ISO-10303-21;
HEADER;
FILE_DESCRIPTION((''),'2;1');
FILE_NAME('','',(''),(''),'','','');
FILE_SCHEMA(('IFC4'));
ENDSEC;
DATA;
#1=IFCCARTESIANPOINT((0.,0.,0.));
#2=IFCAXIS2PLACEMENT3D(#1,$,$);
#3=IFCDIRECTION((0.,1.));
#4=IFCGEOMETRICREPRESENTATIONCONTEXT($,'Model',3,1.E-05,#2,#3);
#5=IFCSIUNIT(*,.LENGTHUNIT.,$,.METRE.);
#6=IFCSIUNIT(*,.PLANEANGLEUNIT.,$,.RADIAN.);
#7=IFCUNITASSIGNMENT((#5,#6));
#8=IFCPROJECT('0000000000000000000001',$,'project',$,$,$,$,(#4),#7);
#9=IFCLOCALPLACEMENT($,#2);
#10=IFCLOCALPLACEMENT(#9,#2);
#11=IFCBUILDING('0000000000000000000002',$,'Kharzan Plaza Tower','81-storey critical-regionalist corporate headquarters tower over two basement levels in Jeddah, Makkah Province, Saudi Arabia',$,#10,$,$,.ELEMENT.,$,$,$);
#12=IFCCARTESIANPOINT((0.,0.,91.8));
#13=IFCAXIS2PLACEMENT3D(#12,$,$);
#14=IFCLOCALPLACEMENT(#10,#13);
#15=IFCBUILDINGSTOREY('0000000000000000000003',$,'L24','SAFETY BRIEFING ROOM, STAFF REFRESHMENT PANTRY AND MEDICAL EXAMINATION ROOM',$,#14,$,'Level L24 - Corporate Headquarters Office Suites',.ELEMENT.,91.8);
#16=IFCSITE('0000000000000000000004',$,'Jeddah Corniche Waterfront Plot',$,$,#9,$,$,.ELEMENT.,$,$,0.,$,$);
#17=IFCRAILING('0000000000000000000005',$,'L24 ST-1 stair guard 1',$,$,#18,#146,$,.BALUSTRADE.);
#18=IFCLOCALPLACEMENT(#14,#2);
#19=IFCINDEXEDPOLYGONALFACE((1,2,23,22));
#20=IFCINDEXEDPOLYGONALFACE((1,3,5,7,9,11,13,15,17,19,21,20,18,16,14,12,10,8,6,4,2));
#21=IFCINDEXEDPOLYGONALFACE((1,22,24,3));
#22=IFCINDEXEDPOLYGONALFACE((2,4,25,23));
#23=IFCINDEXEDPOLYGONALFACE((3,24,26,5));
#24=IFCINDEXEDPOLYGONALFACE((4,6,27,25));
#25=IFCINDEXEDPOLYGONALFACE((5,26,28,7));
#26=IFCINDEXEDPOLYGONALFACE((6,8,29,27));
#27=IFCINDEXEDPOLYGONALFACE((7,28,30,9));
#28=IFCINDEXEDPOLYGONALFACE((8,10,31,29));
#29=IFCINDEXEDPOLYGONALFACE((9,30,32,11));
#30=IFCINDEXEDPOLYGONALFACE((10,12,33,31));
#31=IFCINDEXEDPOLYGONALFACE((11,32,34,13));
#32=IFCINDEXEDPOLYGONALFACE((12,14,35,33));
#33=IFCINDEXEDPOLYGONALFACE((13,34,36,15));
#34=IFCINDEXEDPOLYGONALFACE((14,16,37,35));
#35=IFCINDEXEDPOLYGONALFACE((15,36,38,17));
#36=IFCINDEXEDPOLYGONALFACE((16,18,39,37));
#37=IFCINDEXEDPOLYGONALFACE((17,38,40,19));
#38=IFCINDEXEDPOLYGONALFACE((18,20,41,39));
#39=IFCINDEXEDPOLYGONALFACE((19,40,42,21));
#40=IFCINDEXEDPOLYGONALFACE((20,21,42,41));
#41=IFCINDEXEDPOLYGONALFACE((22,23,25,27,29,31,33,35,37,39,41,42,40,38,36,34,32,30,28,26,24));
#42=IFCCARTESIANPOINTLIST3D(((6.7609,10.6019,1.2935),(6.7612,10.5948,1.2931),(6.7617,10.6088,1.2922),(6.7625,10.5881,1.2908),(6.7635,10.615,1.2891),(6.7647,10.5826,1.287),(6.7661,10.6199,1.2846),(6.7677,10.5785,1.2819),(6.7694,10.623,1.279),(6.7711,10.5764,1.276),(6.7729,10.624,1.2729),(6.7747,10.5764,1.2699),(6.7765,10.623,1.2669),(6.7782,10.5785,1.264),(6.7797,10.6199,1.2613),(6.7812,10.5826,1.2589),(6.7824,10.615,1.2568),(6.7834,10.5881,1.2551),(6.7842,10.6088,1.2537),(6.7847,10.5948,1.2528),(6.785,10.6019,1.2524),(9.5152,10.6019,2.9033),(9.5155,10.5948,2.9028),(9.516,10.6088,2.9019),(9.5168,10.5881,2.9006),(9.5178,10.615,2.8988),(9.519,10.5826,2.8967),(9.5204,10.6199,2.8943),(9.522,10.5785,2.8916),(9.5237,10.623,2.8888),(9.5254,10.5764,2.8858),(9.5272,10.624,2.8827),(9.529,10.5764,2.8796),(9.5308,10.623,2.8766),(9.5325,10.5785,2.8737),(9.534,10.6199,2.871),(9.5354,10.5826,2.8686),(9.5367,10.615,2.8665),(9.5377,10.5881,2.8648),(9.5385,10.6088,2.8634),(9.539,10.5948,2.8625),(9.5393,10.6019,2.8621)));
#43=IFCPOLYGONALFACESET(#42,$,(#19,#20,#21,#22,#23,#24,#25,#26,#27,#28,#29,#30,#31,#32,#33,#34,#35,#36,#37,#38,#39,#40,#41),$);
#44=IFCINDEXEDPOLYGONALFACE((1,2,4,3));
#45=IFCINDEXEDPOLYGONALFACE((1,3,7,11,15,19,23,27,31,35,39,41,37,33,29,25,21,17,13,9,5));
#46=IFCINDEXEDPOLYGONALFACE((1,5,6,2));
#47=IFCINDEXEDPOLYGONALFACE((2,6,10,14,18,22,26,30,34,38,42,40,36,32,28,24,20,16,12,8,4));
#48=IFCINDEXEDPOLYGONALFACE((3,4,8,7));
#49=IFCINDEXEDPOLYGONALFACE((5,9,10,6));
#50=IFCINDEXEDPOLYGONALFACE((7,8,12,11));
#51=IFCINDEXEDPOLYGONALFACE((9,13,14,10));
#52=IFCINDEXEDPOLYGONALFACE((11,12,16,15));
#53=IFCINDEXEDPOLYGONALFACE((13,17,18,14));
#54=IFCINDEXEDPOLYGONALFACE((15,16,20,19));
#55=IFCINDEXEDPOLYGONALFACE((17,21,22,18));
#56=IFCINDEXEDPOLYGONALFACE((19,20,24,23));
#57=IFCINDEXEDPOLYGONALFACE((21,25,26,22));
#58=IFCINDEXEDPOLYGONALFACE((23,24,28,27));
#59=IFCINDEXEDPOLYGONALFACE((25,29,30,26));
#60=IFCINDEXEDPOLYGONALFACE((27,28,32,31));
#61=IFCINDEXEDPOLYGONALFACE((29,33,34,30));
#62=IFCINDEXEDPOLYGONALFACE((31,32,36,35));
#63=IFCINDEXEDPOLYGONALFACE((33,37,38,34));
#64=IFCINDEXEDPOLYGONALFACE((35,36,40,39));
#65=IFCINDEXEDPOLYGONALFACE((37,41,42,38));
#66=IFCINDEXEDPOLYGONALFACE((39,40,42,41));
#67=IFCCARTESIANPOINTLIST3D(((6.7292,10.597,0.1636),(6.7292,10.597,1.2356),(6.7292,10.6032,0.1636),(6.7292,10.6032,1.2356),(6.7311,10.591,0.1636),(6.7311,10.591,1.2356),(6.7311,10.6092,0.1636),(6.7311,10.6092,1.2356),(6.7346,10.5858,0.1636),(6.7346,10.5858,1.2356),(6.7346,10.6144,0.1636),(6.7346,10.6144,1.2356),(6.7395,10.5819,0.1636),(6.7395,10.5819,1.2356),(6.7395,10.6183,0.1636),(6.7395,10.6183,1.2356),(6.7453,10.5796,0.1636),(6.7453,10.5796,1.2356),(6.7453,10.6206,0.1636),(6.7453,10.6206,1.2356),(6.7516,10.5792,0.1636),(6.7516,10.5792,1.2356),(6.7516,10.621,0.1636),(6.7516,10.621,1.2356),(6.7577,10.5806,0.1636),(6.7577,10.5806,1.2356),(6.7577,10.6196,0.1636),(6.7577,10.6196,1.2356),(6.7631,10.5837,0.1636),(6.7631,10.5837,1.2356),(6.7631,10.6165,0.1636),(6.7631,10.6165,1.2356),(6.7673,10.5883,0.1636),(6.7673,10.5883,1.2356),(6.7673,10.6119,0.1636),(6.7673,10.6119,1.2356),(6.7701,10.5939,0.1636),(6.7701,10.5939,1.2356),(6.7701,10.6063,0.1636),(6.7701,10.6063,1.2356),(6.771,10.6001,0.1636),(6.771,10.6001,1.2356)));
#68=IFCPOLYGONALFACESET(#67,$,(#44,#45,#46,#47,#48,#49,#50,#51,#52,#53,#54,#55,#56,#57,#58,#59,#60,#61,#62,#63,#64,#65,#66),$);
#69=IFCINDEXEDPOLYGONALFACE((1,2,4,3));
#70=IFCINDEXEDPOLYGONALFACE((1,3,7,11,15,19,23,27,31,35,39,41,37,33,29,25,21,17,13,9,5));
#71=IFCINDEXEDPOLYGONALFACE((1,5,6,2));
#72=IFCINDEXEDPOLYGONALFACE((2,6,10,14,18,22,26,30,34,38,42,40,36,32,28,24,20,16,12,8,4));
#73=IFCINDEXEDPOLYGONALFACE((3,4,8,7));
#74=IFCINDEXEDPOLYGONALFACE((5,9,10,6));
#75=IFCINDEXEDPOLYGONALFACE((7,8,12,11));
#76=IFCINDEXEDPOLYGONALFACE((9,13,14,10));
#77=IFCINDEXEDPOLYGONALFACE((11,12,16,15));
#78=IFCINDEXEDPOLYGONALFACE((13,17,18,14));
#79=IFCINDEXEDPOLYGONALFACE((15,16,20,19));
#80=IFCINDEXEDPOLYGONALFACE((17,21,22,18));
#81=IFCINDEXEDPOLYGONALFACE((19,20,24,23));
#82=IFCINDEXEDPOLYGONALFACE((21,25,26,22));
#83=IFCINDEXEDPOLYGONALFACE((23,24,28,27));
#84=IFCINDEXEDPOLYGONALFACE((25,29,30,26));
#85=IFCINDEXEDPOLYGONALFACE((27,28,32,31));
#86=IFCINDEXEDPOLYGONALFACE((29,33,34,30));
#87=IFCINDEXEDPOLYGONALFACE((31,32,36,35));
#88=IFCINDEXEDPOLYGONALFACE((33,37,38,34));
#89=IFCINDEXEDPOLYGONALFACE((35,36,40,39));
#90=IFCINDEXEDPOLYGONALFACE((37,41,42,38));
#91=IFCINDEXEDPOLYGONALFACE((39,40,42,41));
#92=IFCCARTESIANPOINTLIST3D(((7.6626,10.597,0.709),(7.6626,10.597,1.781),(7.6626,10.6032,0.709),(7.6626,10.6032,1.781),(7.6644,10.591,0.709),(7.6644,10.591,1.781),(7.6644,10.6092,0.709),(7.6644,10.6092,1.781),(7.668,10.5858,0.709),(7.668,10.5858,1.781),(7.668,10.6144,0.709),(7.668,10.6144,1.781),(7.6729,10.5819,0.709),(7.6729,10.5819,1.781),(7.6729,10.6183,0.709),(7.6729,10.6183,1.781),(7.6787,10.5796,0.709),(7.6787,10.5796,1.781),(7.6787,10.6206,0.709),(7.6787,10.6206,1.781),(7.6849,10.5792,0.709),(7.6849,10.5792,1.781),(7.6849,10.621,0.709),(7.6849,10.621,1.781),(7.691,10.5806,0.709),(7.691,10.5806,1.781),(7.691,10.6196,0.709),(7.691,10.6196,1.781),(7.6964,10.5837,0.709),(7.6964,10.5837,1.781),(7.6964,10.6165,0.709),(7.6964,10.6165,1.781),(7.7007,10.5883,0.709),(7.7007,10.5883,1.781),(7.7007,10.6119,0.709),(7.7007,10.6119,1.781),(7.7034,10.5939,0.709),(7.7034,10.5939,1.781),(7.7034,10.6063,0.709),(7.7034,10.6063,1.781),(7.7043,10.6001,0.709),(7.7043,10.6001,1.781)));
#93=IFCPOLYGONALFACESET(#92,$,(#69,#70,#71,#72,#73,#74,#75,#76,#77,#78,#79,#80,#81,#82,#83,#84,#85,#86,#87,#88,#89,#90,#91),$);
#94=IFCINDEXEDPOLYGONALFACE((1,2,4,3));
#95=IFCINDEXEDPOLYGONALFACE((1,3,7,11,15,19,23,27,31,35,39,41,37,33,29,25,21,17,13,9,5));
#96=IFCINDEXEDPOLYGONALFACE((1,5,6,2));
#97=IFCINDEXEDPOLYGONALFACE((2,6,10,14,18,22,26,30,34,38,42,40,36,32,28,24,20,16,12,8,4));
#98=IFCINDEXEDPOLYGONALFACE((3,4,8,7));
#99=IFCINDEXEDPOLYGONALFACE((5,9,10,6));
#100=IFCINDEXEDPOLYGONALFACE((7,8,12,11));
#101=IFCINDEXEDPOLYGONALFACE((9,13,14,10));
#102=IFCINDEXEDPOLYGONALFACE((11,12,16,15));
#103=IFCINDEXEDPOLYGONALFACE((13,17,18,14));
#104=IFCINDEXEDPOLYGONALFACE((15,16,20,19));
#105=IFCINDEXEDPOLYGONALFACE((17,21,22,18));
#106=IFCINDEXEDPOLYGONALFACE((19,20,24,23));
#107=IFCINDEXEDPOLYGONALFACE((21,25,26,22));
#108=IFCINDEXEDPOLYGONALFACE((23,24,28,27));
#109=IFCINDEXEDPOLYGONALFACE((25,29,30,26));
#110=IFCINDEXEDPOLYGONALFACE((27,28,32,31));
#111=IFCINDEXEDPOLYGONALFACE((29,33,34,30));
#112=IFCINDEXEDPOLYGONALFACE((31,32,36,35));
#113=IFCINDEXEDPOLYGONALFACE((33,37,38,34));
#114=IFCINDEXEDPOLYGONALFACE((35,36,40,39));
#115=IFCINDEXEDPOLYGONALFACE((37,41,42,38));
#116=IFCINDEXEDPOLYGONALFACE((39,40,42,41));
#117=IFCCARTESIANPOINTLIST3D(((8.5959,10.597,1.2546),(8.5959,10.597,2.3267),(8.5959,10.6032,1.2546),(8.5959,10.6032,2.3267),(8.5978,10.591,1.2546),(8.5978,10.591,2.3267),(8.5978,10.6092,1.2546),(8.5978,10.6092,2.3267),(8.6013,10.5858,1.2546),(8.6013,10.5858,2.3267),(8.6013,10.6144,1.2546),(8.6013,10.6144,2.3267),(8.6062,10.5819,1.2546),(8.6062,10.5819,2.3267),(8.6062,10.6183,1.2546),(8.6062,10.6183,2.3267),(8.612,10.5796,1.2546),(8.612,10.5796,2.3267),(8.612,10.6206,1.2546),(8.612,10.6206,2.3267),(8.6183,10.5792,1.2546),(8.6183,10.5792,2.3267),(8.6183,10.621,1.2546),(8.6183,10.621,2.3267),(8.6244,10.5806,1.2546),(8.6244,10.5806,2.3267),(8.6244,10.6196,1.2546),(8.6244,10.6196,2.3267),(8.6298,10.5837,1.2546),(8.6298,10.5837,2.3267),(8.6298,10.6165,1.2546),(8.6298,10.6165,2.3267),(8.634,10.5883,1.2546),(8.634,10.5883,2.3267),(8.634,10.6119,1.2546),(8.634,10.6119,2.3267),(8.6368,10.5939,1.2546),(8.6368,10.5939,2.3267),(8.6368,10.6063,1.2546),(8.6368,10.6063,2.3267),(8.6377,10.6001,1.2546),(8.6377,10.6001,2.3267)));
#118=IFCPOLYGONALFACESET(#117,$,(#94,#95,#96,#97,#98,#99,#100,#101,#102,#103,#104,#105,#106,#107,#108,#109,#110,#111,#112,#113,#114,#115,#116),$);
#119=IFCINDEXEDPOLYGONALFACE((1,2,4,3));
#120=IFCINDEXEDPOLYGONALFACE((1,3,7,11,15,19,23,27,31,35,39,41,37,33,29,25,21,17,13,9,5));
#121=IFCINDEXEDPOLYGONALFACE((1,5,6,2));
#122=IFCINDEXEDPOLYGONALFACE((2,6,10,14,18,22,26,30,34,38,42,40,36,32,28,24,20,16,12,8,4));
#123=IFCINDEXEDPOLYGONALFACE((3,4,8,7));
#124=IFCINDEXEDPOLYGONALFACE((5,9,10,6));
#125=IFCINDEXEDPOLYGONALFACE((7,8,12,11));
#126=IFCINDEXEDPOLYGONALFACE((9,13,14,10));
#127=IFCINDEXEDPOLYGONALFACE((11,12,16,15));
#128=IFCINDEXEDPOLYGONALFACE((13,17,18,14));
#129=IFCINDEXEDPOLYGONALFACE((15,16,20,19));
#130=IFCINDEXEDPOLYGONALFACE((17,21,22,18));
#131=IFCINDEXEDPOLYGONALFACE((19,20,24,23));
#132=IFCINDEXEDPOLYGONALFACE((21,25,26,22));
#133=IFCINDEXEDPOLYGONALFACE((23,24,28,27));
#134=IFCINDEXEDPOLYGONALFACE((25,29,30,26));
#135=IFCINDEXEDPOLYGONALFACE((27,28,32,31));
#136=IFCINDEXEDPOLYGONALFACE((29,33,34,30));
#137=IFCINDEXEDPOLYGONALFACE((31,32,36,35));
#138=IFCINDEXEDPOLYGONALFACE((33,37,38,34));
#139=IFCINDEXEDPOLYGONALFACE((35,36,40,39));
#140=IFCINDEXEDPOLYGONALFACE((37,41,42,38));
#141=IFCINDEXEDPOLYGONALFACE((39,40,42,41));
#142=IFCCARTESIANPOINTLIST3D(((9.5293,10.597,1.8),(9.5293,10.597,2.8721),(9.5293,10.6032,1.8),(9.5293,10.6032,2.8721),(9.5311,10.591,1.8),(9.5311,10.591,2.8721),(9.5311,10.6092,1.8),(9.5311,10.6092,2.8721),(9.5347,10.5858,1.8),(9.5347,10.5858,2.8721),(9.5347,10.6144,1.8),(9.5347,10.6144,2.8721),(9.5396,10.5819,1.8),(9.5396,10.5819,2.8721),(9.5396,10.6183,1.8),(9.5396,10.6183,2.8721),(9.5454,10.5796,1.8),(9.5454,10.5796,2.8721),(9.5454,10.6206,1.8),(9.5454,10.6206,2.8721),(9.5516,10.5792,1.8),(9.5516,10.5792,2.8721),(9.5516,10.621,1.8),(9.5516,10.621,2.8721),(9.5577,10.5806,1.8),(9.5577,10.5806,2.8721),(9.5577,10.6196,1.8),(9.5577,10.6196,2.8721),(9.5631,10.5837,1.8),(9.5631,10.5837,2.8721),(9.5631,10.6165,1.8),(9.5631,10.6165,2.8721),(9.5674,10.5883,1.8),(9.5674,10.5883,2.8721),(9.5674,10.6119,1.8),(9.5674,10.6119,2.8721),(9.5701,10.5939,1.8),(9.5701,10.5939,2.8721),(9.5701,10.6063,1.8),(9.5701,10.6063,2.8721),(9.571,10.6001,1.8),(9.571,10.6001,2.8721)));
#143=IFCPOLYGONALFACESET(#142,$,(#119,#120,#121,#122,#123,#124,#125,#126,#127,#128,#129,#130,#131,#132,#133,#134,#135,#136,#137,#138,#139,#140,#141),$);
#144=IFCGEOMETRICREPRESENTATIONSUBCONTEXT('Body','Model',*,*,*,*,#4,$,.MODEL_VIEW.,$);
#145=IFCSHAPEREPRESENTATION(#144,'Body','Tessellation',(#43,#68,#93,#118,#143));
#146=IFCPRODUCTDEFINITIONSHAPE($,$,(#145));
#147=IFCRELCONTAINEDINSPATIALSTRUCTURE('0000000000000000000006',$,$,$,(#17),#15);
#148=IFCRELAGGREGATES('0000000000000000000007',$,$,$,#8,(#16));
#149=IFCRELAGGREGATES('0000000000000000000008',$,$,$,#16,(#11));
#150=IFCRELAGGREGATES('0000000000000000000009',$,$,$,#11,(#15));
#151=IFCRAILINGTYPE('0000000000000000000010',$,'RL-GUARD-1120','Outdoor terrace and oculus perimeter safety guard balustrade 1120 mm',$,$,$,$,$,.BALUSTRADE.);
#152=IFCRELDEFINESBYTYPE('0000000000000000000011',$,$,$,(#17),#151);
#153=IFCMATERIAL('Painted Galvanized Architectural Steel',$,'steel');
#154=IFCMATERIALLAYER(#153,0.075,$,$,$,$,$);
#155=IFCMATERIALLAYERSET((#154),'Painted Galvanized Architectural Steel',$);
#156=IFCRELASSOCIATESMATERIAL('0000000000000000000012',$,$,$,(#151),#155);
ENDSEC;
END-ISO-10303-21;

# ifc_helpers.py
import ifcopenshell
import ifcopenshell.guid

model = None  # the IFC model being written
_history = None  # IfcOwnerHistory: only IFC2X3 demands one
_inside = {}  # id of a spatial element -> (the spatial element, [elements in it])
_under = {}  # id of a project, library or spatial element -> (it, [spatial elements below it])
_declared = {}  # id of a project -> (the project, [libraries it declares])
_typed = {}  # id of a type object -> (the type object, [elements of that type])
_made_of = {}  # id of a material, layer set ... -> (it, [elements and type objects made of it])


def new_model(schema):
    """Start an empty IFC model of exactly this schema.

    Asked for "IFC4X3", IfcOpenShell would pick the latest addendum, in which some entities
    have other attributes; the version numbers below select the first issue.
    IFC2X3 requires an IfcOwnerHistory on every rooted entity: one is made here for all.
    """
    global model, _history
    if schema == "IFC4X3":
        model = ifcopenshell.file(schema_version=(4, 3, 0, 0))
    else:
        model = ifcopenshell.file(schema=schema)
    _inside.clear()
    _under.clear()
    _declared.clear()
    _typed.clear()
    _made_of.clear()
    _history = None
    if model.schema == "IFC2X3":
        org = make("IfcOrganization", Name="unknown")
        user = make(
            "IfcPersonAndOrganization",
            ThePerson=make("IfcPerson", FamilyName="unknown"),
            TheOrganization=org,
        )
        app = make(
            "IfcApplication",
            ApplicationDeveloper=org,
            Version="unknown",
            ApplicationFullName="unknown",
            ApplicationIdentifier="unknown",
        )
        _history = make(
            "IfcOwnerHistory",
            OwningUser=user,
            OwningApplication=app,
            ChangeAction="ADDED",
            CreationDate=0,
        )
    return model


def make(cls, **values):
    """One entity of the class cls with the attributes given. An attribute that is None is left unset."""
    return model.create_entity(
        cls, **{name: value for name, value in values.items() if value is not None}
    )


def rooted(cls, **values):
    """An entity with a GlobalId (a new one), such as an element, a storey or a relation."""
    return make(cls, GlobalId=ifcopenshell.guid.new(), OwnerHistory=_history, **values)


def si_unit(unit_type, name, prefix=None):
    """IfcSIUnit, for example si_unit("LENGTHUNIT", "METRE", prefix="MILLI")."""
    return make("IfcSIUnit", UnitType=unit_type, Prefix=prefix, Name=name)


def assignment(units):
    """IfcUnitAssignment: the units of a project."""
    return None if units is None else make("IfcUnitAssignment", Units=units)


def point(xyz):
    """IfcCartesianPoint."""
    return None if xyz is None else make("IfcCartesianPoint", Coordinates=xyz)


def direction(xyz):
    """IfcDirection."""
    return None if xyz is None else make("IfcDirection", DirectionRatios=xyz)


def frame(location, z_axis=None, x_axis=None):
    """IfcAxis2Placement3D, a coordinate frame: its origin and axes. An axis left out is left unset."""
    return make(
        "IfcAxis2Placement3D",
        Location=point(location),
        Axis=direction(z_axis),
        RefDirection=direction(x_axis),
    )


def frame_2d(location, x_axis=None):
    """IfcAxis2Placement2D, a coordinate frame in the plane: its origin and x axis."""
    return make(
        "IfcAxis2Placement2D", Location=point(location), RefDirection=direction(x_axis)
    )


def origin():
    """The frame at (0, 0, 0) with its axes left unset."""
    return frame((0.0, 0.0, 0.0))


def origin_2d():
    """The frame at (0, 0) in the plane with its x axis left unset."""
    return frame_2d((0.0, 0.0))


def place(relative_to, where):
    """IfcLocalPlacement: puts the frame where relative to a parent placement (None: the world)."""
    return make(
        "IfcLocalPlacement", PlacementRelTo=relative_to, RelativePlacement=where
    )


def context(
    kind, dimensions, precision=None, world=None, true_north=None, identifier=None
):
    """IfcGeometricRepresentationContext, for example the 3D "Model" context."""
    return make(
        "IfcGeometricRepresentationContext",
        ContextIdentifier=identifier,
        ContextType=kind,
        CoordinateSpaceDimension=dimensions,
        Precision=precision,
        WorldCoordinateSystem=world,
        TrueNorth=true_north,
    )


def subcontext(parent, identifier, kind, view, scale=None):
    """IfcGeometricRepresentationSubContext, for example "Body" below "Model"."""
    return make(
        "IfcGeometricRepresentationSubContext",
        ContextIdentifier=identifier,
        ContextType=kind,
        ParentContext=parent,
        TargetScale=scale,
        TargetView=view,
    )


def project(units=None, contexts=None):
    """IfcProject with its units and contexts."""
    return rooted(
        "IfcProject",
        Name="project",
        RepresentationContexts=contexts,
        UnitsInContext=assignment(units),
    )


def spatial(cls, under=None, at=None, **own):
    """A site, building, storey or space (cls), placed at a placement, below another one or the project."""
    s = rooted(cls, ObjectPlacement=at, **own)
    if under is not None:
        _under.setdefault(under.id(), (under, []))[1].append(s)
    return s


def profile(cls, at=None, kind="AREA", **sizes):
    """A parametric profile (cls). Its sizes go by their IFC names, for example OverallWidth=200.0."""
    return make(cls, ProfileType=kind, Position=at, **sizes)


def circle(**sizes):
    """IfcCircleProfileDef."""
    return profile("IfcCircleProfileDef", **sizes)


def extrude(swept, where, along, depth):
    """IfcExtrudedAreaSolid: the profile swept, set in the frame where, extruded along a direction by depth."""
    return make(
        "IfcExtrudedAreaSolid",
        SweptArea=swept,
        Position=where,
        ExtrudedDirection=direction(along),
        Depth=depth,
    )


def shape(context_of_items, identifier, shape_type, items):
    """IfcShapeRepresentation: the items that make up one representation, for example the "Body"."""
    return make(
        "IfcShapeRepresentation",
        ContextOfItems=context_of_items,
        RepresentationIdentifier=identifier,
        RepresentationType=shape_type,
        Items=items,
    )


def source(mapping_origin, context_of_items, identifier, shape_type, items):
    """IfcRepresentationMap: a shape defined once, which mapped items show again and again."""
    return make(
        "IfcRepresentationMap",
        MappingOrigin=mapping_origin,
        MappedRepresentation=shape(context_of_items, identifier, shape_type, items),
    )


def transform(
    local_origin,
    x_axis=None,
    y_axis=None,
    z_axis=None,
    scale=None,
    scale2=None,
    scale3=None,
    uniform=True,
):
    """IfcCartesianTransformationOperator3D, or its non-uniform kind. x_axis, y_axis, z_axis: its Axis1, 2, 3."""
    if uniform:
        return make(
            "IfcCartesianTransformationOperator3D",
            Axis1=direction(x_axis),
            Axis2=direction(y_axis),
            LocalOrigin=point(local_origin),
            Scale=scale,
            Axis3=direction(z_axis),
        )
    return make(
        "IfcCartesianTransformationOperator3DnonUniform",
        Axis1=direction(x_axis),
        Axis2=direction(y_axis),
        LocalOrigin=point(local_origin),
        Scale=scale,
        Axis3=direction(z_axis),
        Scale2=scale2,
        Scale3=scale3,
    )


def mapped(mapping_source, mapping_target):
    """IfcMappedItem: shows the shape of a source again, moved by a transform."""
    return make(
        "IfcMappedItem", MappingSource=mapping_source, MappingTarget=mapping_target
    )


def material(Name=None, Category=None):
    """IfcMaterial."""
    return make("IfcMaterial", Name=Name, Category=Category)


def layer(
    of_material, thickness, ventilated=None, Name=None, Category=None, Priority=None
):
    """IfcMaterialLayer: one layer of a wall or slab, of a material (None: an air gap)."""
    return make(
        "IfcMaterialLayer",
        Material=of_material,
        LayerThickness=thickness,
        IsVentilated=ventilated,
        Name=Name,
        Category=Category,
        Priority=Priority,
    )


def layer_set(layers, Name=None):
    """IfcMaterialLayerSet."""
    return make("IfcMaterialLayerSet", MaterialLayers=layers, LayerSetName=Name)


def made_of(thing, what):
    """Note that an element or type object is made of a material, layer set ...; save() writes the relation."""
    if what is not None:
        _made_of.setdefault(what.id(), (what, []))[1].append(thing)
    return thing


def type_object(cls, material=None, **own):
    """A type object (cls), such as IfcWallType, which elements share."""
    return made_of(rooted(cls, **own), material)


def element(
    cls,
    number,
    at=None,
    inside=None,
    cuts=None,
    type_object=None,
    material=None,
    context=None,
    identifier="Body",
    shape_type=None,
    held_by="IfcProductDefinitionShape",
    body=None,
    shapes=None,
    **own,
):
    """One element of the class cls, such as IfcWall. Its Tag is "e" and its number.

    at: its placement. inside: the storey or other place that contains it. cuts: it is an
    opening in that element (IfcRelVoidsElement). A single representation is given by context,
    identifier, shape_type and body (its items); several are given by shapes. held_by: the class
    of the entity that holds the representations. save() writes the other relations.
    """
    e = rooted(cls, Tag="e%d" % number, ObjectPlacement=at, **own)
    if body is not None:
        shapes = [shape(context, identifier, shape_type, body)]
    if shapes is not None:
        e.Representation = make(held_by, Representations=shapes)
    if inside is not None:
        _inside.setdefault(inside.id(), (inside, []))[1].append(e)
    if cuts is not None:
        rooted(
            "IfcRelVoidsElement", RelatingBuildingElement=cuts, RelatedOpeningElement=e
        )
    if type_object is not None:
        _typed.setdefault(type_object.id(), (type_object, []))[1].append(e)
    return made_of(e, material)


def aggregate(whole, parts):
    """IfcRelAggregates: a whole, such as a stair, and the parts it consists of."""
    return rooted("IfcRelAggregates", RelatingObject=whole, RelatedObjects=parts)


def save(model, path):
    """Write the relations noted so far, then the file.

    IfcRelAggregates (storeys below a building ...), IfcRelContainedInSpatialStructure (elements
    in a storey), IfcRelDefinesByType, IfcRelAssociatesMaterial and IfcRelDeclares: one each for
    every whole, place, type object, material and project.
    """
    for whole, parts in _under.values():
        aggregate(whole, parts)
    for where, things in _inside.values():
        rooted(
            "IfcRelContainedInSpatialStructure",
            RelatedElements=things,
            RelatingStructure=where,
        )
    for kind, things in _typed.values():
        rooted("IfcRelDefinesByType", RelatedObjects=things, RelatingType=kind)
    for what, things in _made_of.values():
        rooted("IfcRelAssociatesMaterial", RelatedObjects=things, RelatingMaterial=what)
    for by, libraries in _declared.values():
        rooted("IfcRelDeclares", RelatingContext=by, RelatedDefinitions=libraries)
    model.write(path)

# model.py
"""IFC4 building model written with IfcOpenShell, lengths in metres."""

from ifc_helpers import new_model, si_unit, direction, frame, origin, origin_2d, place, context, subcontext, project, spatial, circle, extrude, source, transform, mapped, material, layer, layer_set, type_object, element, save


model = new_model("IFC4")

# Units and contexts
model_context = context("Model", 3, precision=1e-05, world=origin(), true_north=direction((0.0, 1.0)))
body_context = subcontext(model_context, "Body", "Model", "MODEL_VIEW")
ifc_project = project(units=[si_unit("LENGTHUNIT", "METRE"), si_unit("PLANEANGLEUNIT", "RADIAN")], contexts=[model_context])

# Site, building, storey
site_placement = place(None, origin())
site = spatial("IfcSite", under=ifc_project, at=site_placement, Name="Jeddah Corniche Waterfront Plot", CompositionType="ELEMENT", RefElevation=0.0)
building_placement = place(site_placement, origin())
building = spatial("IfcBuilding", under=site, at=building_placement, Name="Kharzan Plaza Tower", Description="81-storey critical-regionalist corporate headquarters tower over two basement levels in Jeddah, Makkah Province, Saudi Arabia", CompositionType="ELEMENT")
storey_placement = place(building_placement, frame((0.0, 0.0, 91.8)))
storey = spatial("IfcBuildingStorey", under=building, at=storey_placement, Name="L24", Description="SAFETY BRIEFING ROOM, STAFF REFRESHMENT PANTRY AND MEDICAL EXAMINATION ROOM", LongName="Level L24 - Corporate Headquarters Office Suites", CompositionType="ELEMENT", Elevation=91.8)

# Railing
ifc_material_1 = material(Name="Painted Galvanized Architectural Steel", Category="steel")
ifc_layer_1 = layer(ifc_material_1, 0.075)
ifc_layer_set_1 = layer_set([ifc_layer_1], Name="Painted Galvanized Architectural Steel")
railing_type_1 = type_object("IfcRailingType", Name="RL-GUARD-1120", Description="Outdoor terrace and oculus perimeter safety guard balustrade 1120 mm", PredefinedType="BALUSTRADE", material=ifc_layer_set_1)
shared_shape_1 = source(origin(), body_context, "Body", "SweptSolid", [
    extrude(circle(Radius=0.0239, at=origin_2d()), frame((0.0229, 0.0, 1.1094), z_axis=(0.863361, 0.0, 0.504587), x_axis=(0.0, 1.0, 0.0)), (0.0, 0.0, 1.0), 3.1902),
    extrude(circle(Radius=0.021, at=origin_2d()), origin(), (0.0, 0.0, 1.0), 1.072),
    extrude(circle(Radius=0.021, at=origin_2d()), frame((0.9333, 0.0, 0.5454)), (0.0, 0.0, 1.0), 1.072),
    extrude(circle(Radius=0.021, at=origin_2d()), frame((1.8667, 0.0, 1.0911)), (0.0, 0.0, 1.0), 1.072),
    extrude(circle(Radius=0.021, at=origin_2d()), frame((2.8, 0.0, 1.6365)), (0.0, 0.0, 1.0), 1.072),
])
railing_1_placement = place(storey_placement, frame((6.75, 10.6001, 0.1636)))
element("IfcRailing", 1, at=railing_1_placement, inside=storey, type_object=railing_type_1, Name="L24 ST-1 stair guard 1", PredefinedType="BALUSTRADE", context=body_context, shape_type="MappedRepresentation", body=[
    mapped(shared_shape_1, transform((0.0, 0.0, 0.0), x_axis=(1.0, 0.0, 0.0), y_axis=(0.0, 1.0, 0.0), z_axis=(0.0, 0.0, 1.0))),
])

save(model, "model.ifc")
